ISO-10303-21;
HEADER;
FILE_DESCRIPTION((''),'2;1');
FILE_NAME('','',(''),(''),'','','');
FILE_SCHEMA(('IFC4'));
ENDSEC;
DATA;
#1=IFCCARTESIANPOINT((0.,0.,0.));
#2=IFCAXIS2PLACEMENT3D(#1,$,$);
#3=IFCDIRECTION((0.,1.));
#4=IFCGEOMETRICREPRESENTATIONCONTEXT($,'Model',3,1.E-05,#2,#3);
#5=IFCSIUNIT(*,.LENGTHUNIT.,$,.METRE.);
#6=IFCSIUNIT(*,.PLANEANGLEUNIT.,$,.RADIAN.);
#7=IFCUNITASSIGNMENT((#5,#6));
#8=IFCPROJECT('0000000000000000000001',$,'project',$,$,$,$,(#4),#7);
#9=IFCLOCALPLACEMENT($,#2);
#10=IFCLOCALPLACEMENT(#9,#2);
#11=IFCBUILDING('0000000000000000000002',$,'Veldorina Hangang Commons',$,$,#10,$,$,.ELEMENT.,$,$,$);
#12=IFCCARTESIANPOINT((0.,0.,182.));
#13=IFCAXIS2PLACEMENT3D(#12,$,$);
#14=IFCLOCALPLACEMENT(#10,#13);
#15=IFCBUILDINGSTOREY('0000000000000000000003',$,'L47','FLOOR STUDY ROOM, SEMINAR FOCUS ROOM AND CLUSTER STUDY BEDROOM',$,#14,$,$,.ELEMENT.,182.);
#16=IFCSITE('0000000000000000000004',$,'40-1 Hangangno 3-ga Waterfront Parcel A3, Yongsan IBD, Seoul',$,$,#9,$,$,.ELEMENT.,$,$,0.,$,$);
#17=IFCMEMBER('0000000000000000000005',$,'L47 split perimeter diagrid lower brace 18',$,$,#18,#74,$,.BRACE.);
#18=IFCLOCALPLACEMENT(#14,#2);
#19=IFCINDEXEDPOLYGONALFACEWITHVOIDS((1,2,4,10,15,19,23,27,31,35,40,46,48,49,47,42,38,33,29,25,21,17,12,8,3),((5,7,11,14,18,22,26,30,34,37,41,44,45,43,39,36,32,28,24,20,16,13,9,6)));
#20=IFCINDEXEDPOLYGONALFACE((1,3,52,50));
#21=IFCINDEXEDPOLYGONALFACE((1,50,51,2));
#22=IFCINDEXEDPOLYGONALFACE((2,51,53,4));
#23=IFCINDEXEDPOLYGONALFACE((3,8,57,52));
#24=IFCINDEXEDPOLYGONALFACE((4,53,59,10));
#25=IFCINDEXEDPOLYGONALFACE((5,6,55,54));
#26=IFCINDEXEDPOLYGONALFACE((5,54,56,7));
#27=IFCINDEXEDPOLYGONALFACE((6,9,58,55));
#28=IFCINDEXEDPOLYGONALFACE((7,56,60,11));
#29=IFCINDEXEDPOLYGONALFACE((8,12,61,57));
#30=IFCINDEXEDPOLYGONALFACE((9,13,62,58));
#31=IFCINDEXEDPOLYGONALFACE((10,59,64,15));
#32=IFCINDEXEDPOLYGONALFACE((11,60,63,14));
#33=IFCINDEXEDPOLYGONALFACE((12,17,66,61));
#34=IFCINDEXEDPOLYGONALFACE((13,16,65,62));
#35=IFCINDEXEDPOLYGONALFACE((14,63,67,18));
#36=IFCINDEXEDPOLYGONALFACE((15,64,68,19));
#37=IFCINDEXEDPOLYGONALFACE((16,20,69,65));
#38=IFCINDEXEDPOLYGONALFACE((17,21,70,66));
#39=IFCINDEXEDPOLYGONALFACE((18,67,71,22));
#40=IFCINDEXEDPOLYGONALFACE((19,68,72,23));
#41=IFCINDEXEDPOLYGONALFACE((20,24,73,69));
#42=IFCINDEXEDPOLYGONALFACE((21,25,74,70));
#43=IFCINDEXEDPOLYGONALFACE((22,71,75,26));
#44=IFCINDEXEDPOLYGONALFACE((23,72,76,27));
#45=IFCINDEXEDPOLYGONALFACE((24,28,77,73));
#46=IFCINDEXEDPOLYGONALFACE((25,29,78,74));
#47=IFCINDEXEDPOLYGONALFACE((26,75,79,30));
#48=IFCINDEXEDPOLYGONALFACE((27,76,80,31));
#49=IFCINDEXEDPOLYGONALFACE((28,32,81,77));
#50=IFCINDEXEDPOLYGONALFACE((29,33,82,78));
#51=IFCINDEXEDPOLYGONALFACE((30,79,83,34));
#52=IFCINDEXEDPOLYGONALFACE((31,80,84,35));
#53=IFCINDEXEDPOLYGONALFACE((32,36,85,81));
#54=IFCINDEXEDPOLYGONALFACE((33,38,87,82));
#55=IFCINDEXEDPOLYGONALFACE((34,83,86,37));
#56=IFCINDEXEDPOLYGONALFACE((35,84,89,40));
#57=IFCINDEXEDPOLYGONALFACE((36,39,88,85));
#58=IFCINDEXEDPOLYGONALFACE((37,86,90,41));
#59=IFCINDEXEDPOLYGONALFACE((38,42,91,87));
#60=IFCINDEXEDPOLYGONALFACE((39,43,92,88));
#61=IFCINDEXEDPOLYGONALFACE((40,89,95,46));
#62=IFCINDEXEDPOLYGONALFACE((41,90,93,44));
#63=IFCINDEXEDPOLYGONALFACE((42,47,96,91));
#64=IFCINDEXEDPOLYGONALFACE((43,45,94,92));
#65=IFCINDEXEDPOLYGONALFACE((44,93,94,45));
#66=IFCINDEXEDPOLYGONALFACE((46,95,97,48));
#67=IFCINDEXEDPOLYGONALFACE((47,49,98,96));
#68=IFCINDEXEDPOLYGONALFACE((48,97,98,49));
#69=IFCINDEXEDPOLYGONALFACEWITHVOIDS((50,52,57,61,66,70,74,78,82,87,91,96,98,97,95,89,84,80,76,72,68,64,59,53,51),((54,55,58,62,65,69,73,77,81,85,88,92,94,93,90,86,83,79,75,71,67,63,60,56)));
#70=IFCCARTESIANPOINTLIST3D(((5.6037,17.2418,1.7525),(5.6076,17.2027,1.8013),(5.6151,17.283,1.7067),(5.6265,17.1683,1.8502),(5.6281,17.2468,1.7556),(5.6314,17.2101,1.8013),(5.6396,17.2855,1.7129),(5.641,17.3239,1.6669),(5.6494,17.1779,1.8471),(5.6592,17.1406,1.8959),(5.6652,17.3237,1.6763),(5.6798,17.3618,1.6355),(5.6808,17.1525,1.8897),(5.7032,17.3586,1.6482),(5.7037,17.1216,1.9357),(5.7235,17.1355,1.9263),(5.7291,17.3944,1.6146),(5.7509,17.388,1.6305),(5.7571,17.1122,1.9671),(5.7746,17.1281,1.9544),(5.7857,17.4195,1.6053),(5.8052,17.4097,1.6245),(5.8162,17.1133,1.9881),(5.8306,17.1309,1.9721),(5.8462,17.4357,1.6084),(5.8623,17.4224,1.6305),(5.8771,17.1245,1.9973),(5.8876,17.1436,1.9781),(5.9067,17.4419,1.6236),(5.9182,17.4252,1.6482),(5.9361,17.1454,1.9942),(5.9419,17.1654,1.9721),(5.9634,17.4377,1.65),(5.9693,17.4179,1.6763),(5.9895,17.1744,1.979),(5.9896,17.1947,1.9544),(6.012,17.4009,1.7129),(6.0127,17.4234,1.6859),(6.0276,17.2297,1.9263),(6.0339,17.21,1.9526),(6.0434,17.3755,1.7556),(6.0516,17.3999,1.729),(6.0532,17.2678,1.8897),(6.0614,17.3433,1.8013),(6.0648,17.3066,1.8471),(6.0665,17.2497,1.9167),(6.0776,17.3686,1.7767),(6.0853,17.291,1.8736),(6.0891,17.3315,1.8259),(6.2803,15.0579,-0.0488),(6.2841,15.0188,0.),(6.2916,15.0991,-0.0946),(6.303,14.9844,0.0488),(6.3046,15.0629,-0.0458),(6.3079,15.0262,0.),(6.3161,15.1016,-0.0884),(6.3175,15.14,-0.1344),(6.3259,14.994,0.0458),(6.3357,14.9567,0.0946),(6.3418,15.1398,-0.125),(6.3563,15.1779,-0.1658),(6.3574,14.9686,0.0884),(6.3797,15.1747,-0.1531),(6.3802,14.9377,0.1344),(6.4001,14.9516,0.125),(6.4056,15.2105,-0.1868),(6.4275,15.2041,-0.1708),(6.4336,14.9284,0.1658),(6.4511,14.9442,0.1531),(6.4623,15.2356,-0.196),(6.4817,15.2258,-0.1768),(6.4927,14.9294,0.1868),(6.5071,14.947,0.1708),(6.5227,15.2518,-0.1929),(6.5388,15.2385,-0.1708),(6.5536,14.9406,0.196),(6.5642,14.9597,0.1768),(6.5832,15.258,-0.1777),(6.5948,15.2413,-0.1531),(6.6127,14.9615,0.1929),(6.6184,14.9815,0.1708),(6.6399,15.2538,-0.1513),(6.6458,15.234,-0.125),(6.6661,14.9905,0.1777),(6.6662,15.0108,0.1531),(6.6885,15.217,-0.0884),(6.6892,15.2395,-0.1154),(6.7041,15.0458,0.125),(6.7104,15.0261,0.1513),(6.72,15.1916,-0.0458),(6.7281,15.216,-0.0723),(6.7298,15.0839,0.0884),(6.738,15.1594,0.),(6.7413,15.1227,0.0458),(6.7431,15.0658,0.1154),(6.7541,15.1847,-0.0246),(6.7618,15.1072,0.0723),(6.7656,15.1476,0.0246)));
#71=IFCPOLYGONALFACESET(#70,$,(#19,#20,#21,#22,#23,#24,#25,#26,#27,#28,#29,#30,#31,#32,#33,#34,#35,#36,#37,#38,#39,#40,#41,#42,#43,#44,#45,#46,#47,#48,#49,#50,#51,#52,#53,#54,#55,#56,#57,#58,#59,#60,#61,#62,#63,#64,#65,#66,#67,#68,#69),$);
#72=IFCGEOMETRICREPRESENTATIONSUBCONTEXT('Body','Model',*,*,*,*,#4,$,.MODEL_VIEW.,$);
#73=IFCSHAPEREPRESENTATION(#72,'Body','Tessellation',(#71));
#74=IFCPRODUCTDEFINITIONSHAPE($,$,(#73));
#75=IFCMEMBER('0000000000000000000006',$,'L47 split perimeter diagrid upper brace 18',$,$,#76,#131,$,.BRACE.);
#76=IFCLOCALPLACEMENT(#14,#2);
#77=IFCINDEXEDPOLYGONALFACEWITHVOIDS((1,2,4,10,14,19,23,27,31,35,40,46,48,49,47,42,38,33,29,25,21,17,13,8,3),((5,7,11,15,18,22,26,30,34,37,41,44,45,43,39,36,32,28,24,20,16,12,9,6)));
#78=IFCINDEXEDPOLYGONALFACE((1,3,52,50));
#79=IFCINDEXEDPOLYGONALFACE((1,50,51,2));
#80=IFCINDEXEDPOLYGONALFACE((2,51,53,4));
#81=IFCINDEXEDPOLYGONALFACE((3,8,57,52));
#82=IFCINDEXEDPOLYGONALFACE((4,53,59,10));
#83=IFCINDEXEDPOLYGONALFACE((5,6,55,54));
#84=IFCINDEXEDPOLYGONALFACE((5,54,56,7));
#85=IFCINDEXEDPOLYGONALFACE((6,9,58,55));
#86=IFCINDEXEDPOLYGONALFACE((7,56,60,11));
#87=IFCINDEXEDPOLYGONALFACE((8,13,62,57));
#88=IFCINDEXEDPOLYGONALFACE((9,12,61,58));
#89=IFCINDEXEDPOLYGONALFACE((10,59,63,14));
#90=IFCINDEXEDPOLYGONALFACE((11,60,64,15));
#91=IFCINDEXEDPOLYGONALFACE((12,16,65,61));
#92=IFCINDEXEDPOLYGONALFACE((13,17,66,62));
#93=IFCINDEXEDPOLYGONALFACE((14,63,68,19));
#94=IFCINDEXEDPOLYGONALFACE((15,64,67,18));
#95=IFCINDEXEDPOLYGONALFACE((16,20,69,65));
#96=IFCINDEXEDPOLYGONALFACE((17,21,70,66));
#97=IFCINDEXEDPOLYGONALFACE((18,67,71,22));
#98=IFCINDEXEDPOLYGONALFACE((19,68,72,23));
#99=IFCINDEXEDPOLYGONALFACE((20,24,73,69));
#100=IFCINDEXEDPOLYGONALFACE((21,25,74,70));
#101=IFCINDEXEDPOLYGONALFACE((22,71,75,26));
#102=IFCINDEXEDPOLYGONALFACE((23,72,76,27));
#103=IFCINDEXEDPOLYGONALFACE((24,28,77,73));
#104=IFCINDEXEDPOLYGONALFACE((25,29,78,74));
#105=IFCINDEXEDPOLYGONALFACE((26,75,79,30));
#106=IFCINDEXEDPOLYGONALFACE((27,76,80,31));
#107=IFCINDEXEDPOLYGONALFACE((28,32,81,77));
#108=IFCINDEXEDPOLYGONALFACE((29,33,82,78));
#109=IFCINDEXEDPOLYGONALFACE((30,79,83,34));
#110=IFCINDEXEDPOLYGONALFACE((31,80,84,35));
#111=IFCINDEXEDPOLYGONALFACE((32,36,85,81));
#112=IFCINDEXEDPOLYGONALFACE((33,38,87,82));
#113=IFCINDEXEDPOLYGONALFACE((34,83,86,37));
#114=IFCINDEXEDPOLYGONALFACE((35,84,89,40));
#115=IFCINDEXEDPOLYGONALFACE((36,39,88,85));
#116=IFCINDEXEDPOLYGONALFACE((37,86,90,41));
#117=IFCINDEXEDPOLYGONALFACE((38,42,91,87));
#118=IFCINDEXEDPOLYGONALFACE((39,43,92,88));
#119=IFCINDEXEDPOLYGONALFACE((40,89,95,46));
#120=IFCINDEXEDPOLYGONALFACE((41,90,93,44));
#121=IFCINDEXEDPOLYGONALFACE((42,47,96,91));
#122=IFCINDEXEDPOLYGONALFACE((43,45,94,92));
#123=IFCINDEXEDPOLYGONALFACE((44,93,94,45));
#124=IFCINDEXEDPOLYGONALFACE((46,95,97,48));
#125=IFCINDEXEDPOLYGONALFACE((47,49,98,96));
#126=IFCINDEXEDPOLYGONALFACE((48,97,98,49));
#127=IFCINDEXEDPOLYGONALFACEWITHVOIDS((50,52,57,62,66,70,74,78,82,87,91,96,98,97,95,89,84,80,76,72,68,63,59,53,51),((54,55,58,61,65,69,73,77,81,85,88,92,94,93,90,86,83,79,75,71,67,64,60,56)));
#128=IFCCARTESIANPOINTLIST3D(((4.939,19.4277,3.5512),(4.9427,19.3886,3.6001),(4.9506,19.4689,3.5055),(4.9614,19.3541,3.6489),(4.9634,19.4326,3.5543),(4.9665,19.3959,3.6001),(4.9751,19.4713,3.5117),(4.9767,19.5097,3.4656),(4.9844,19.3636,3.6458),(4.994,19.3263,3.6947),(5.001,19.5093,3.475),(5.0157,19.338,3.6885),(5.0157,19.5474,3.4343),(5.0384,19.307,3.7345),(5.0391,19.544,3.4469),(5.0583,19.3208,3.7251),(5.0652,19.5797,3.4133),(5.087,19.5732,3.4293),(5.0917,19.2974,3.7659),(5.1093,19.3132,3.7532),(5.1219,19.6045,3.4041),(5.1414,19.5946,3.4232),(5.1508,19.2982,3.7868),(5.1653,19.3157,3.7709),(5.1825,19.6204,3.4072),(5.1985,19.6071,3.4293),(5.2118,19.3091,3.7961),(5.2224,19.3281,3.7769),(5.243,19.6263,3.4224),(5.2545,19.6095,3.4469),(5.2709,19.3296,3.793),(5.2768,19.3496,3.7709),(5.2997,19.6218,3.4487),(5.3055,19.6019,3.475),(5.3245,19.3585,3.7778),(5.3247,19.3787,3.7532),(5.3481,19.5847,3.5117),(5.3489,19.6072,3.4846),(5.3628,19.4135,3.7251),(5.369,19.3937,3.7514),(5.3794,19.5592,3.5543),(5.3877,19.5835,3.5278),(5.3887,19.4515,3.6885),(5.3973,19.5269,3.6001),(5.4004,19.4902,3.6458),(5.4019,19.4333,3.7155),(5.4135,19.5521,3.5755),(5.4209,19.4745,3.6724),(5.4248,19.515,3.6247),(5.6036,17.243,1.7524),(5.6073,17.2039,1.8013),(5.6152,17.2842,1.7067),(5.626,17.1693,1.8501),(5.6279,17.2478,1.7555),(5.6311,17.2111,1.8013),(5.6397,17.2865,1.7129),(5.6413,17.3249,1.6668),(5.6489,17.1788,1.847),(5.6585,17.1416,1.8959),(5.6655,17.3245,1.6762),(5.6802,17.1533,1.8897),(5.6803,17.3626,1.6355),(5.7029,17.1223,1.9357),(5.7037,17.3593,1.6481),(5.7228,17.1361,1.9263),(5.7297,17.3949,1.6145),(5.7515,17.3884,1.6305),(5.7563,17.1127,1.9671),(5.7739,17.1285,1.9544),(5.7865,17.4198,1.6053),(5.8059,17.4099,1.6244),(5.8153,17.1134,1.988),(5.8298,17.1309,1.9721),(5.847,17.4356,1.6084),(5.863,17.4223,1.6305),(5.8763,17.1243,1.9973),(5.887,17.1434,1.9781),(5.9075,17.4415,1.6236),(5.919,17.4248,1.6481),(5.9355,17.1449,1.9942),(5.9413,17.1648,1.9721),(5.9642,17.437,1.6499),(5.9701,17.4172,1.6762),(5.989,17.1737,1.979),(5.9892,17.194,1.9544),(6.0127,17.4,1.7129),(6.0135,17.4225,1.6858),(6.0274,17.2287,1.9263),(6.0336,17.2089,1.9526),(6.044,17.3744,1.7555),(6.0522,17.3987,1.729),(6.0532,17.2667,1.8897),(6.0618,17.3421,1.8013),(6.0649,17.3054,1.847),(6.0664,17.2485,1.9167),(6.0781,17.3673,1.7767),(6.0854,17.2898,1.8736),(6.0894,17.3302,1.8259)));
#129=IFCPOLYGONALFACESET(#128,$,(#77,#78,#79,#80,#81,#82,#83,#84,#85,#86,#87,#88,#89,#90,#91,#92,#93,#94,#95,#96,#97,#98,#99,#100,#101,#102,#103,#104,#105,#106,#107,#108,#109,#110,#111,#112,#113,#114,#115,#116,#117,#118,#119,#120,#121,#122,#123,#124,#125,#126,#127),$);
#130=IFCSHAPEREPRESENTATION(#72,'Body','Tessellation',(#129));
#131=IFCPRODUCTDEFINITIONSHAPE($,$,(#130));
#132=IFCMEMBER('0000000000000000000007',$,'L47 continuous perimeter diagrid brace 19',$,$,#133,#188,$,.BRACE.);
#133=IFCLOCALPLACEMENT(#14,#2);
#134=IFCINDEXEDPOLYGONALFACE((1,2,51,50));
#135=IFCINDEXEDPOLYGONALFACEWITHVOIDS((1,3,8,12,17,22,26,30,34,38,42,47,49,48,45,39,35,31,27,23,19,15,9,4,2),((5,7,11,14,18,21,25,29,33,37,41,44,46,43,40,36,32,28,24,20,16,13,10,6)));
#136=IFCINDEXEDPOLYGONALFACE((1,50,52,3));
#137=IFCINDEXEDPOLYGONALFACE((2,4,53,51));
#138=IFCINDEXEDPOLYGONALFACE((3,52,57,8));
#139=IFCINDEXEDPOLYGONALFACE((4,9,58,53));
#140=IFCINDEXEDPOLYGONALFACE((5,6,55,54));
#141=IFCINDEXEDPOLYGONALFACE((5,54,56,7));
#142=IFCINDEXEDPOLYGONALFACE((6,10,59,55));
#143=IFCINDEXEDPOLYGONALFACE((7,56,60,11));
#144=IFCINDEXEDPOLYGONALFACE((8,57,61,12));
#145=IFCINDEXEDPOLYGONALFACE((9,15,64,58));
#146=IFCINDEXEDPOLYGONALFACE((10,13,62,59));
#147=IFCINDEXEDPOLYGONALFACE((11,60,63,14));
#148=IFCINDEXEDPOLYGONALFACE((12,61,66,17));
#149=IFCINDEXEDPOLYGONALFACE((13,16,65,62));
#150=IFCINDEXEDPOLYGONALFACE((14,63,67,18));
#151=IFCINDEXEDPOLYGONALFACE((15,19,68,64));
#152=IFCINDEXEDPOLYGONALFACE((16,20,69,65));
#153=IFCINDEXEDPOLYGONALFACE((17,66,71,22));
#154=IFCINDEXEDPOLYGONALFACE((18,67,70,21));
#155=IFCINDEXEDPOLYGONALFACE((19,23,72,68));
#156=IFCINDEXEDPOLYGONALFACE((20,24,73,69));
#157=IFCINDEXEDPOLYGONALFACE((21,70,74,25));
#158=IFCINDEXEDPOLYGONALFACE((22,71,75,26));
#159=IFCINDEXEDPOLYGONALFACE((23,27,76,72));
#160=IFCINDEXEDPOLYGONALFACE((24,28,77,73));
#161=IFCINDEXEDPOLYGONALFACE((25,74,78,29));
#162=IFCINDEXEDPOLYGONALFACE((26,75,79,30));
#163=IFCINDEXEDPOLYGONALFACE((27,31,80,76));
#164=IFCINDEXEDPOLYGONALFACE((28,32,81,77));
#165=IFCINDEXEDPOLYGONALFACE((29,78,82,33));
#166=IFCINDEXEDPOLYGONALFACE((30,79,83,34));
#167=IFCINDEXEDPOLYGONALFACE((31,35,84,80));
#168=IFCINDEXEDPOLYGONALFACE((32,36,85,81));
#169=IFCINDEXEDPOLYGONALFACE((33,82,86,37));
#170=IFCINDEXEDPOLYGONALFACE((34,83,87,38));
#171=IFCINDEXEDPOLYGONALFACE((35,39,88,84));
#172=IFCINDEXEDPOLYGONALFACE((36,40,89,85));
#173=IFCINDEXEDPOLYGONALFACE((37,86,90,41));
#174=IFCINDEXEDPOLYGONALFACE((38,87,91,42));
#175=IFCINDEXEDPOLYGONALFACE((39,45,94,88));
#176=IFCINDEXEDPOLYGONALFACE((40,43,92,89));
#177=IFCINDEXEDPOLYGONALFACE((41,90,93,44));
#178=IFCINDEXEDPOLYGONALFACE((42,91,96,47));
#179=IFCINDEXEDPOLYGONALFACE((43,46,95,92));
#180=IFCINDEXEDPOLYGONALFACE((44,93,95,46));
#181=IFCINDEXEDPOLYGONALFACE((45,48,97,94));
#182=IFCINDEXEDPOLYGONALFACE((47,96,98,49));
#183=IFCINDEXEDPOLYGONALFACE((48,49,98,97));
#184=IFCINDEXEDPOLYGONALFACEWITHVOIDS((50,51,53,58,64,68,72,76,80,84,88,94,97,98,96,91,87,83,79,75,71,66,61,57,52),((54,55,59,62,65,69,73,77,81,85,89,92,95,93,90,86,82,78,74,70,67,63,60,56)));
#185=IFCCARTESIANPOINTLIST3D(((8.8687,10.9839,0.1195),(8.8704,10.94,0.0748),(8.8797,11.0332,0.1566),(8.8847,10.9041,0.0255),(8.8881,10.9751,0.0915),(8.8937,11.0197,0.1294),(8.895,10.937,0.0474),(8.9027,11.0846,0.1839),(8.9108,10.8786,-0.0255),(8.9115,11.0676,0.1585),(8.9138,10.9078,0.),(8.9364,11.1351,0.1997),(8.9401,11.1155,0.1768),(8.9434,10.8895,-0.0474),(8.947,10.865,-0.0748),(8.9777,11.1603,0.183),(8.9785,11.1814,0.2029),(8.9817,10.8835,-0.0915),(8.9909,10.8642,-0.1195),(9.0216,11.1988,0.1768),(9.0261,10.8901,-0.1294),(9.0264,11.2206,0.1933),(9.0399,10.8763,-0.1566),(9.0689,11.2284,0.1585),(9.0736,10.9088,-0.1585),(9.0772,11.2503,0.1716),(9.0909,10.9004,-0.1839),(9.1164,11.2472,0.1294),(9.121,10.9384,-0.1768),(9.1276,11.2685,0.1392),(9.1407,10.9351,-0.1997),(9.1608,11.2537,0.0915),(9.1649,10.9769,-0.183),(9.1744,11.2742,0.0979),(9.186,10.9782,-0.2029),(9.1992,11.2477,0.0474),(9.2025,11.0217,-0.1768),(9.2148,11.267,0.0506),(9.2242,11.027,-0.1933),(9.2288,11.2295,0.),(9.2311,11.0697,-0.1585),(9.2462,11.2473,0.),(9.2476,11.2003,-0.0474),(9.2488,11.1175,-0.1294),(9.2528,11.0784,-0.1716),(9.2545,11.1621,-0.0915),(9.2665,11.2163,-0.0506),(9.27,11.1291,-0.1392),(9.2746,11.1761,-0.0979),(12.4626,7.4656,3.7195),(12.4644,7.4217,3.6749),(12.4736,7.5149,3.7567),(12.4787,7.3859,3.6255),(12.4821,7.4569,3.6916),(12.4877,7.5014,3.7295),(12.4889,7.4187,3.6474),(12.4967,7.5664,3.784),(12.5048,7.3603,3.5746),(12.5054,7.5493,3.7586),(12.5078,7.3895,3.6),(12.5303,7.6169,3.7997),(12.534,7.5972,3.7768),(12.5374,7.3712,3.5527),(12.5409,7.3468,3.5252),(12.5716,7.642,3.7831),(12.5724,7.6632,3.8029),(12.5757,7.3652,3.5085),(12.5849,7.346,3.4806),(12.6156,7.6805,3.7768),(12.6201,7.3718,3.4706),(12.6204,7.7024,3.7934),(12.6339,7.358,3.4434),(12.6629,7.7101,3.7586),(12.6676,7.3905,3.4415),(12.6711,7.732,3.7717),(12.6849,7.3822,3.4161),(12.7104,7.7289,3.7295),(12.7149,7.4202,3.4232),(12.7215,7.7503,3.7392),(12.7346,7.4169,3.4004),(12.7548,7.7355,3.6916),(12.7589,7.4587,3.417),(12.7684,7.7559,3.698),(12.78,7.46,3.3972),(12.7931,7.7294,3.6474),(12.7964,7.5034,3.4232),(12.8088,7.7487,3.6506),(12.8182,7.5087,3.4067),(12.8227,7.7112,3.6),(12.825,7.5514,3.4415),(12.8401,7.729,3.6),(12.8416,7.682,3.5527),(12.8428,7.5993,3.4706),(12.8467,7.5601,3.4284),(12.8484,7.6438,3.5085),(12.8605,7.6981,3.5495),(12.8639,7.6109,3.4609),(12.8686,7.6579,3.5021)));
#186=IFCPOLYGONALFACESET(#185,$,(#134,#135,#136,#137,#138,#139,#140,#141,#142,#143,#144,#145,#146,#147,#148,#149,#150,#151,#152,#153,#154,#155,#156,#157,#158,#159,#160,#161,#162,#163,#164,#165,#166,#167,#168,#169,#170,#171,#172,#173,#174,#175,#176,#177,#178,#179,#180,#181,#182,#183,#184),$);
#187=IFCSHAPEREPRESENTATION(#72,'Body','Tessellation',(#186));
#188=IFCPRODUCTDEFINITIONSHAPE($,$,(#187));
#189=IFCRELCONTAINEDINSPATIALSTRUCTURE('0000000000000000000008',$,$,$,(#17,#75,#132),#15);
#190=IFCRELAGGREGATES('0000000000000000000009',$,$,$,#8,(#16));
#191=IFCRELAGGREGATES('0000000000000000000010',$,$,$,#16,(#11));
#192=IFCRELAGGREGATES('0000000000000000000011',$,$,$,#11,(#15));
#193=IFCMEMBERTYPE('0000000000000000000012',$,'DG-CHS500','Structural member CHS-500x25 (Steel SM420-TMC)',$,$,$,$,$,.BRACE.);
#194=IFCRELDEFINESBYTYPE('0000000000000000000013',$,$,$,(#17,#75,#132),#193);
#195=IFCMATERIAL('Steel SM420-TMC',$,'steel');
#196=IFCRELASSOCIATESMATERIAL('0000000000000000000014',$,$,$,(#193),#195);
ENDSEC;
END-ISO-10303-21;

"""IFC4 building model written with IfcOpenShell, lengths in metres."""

from ifc_helpers import new_model, si_unit, direction, frame, origin, origin_2d, place, context, subcontext, project, spatial, hollow_circle, extrude, material, material_profile, profile_set, type_object, element, save


model = new_model("IFC4")

# Units and contexts
model_context = context("Model", 3, precision=1e-05, world=origin(), true_north=direction((0.0, 1.0)))
body_context = subcontext(model_context, "Body", "Model", "MODEL_VIEW")
ifc_project = project(units=[si_unit("LENGTHUNIT", "METRE"), si_unit("PLANEANGLEUNIT", "RADIAN")], contexts=[model_context])

# Site, building, storey
site_placement = place(None, origin())
site = spatial("IfcSite", under=ifc_project, at=site_placement, Name="40-1 Hangangno 3-ga Waterfront Parcel A3, Yongsan IBD, Seoul", CompositionType="ELEMENT", RefElevation=0.0)
building_placement = place(site_placement, origin())
building = spatial("IfcBuilding", under=site, at=building_placement, Name="Veldorina Hangang Commons", CompositionType="ELEMENT")
storey_placement = place(building_placement, frame((0.0, 0.0, 182.0)))
storey = spatial("IfcBuildingStorey", under=building, at=storey_placement, Name="L47", Description="FLOOR STUDY ROOM, SEMINAR FOCUS ROOM AND CLUSTER STUDY BEDROOM", CompositionType="ELEMENT", Elevation=182.0)

# Shared definitions
ifc_material_1 = material(Name="Steel SM420-TMC", Category="steel")

# Members
ifc_material_profile_1 = material_profile(ifc_material_1, hollow_circle(Radius=0.25, WallThickness=0.0249, at=origin_2d()), Name="CHS-500x25")
ifc_profile_set_1 = profile_set([ifc_material_profile_1], Name="Steel SM420-TMC")
member_type = type_object("IfcMemberType", Name="DG-CHS500", Description="Structural member CHS-500x25 (Steel SM420-TMC)", PredefinedType="BRACE", material=ifc_profile_set_1)
member_1_placement = place(storey_placement, frame((6.5229, 15.0928, 0.0), z_axis=(-0.232434, 0.750314, 0.618873), x_axis=(-0.955216, -0.295909, 0.0)))
element("IfcMember", 1, at=member_1_placement, inside=storey, type_object=member_type, Name="L47 split perimeter diagrid lower brace 18", PredefinedType="BRACE", context=body_context, shape_type="SweptSolid", body=[
    extrude(hollow_circle(Radius=0.25, WallThickness=0.0249, at=origin_2d()), origin(), (0.0, 0.0, 1.0), 2.9106),
])
member_2_placement = place(storey_placement, frame((5.8464, 17.2766, 1.8013), z_axis=(-0.228601, 0.751562, 0.618785), x_axis=(-0.956722, -0.291004, 0.0)))
element("IfcMember", 2, at=member_2_placement, inside=storey, type_object=member_type, Name="L47 split perimeter diagrid upper brace 18", PredefinedType="BRACE", context=body_context, shape_type="SweptSolid", body=[
    extrude(hollow_circle(Radius=0.25, WallThickness=0.0249, at=origin_2d()), origin(), (0.0, 0.0, 1.0), 2.907),
])
member_3_placement = place(storey_placement, frame((9.0713, 11.0686, 0.0), z_axis=(0.581069, -0.568832, 0.582056), x_axis=(0.699543, 0.714591, 0.0)))
element("IfcMember", 3, at=member_3_placement, inside=storey, type_object=member_type, Name="L47 continuous perimeter diagrid brace 19", PredefinedType="BRACE", context=body_context, shape_type="SweptSolid", body=[
    extrude(hollow_circle(Radius=0.25, WallThickness=0.0249, at=origin_2d()), origin(), (0.0, 0.0, 1.0), 6.1851),
])

save(model, "model.ifc")
